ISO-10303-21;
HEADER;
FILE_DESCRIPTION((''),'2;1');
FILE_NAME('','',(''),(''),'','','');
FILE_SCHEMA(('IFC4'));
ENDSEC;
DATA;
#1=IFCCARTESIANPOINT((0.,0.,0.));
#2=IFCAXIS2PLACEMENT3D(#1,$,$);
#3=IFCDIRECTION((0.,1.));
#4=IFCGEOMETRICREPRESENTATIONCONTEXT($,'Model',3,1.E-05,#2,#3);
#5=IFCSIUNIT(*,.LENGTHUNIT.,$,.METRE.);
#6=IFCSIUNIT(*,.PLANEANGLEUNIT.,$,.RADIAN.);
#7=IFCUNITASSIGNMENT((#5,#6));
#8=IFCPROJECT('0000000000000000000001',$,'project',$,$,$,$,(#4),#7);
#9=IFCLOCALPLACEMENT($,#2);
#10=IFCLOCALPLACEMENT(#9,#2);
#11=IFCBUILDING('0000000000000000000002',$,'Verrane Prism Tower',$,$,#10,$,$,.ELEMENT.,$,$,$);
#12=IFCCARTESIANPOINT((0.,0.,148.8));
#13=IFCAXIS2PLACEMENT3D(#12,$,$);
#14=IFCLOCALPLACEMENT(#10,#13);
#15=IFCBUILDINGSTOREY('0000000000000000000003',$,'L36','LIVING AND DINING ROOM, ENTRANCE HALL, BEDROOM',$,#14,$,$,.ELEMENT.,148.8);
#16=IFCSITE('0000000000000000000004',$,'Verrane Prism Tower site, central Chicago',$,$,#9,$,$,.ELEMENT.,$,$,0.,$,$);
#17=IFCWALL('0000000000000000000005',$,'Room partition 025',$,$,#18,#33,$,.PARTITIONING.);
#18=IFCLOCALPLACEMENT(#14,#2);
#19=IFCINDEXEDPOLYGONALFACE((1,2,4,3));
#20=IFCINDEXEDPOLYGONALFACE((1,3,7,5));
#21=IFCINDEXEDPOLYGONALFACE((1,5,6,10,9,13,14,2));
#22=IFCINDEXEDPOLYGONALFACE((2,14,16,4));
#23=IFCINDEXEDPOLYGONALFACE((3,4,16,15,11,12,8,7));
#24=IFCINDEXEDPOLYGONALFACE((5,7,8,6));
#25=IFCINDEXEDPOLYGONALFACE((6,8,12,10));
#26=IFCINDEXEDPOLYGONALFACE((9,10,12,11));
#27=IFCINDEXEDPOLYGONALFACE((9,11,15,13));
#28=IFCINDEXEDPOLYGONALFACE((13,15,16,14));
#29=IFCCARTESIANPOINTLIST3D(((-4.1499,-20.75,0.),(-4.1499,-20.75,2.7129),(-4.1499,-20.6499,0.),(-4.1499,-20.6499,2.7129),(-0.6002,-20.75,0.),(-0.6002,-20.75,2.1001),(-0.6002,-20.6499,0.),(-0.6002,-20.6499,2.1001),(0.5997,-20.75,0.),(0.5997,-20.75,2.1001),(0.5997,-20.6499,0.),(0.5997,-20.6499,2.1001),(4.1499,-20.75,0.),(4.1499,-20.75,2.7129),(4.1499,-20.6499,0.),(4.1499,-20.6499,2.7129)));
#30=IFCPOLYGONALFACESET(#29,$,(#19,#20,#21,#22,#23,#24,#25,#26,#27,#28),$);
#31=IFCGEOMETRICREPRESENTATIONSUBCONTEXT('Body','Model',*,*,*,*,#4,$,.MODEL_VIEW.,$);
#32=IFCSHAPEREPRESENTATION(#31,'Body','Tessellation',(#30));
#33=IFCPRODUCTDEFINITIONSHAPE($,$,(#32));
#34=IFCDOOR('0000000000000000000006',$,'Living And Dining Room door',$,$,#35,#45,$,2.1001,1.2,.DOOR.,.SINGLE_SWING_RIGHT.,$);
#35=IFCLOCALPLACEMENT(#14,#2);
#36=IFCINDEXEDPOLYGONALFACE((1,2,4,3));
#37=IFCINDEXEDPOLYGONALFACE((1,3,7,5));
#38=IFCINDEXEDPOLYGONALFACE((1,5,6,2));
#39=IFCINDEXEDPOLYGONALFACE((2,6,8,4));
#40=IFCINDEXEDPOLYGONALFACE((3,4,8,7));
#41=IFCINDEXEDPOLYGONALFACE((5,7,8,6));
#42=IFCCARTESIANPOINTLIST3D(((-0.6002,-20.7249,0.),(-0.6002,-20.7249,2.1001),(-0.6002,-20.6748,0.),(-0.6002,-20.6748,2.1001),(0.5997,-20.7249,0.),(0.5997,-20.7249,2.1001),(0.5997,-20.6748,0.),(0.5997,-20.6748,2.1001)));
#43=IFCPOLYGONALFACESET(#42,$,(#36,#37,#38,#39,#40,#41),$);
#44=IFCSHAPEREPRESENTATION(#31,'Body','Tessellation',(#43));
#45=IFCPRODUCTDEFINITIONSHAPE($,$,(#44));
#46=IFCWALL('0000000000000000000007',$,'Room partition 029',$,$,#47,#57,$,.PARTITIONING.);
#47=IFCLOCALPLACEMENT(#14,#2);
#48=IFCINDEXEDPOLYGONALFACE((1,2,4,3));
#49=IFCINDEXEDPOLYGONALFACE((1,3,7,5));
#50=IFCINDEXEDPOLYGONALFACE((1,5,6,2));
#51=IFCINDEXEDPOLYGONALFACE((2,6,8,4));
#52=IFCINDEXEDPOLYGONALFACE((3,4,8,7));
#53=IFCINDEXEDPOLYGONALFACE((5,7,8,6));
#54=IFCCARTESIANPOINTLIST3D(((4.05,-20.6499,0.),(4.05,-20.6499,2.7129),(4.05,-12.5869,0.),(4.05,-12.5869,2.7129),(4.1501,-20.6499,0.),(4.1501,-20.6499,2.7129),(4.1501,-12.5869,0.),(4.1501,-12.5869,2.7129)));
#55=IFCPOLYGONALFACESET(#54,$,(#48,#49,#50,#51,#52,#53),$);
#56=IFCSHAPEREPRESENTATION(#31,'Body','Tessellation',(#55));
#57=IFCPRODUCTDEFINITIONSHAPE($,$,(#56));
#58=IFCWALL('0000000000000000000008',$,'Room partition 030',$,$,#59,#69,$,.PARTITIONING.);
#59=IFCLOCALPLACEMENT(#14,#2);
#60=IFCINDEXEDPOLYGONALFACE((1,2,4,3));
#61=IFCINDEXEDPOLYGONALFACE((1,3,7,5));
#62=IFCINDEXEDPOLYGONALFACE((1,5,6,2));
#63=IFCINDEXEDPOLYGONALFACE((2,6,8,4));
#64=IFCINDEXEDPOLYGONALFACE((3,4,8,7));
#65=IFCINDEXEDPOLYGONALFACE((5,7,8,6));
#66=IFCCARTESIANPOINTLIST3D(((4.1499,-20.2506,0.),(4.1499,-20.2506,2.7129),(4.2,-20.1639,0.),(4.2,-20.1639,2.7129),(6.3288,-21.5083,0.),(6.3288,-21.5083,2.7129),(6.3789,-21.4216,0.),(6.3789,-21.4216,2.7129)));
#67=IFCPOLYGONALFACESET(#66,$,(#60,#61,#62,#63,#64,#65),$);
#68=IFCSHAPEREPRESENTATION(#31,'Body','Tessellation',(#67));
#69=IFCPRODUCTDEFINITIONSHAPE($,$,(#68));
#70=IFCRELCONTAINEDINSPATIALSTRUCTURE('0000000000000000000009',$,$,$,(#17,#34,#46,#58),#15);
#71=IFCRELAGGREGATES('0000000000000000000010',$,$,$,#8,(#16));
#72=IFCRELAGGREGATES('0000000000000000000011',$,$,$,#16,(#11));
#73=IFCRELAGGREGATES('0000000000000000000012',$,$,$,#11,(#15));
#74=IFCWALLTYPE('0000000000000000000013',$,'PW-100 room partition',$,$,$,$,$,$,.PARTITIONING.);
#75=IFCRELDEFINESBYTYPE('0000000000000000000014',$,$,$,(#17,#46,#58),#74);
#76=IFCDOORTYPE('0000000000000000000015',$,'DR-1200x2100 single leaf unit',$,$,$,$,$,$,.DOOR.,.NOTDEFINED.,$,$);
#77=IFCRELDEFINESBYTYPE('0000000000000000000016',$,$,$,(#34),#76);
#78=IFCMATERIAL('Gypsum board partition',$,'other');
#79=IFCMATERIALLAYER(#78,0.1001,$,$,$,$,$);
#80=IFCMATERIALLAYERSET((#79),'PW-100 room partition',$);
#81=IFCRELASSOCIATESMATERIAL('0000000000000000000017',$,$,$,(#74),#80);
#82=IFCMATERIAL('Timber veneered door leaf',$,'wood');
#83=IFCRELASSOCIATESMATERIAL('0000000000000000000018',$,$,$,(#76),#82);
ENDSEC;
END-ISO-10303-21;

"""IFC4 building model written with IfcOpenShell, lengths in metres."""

from ifc_helpers import new_model, si_unit, direction, frame, frame_2d, origin, place, context, subcontext, project, spatial, rectangle, extrude, material, layer, layer_set, type_object, element, fill, save


model = new_model("IFC4")

# Units and contexts
model_context = context("Model", 3, precision=1e-05, world=origin(), true_north=direction((0.0, 1.0)))
body_context = subcontext(model_context, "Body", "Model", "MODEL_VIEW")
ifc_project = project(units=[si_unit("LENGTHUNIT", "METRE"), si_unit("PLANEANGLEUNIT", "RADIAN")], contexts=[model_context])

# Site, building, storey
site_placement = place(None, origin())
site = spatial("IfcSite", under=ifc_project, at=site_placement, Name="Verrane Prism Tower site, central Chicago", CompositionType="ELEMENT", RefElevation=0.0)
building_placement = place(site_placement, origin())
building = spatial("IfcBuilding", under=site, at=building_placement, Name="Verrane Prism Tower", CompositionType="ELEMENT")
storey_placement = place(building_placement, frame((0.0, 0.0, 148.8)))
storey = spatial("IfcBuildingStorey", under=building, at=storey_placement, Name="L36", Description="LIVING AND DINING ROOM, ENTRANCE HALL, BEDROOM", CompositionType="ELEMENT", Elevation=148.8)

# Wall, opening, door
ifc_material_1 = material(Name="Gypsum board partition", Category="other")
ifc_layer_1 = layer(ifc_material_1, 0.1001)
ifc_layer_set_1 = layer_set([ifc_layer_1], Name="PW-100 room partition")
wall_type = type_object("IfcWallType", Name="PW-100 room partition", PredefinedType="PARTITIONING", material=ifc_layer_set_1)
wall_1_placement = place(storey_placement, frame((4.1499, -20.7, 0.0), z_axis=(0.0, 0.0, 1.0), x_axis=(-1.0, 0.0, 0.0)))
wall_1 = element("IfcWall", 1, at=wall_1_placement, inside=storey, type_object=wall_type, Name="Room partition 025", PredefinedType="PARTITIONING", context=body_context, shape_type="SweptSolid", body=[
    extrude(rectangle(XDim=8.2998, YDim=0.1001, at=frame_2d((4.1499, 0.0))), origin(), (0.0, 0.0, 1.0), 2.7129),
])
opening_placement = place(wall_1_placement, frame((3.55, 0.0, 0.0)))
opening = element("IfcOpeningElement", 2, at=opening_placement, cuts=wall_1, PredefinedType="OPENING", context=body_context, shape_type="SweptSolid", body=[
    extrude(rectangle(XDim=1.2, YDim=2.1001, at=frame_2d((0.6001, 1.05))), frame((0.0, 0.0601, 0.0), z_axis=(0.0, -1.0, 0.0), x_axis=(1.0, 0.0, 0.0)), (0.0, 0.0, 1.0), 0.1201),
])
ifc_material_2 = material(Name="Timber veneered door leaf", Category="wood")
door_type = type_object("IfcDoorType", Name="DR-1200x2100 single leaf unit", OperationType="NOTDEFINED", PredefinedType="DOOR", material=ifc_material_2)
door_placement = place(opening_placement, origin())
door = element("IfcDoor", 3, at=door_placement, inside=storey, type_object=door_type, Name="Living And Dining Room door", OperationType="SINGLE_SWING_RIGHT", OverallHeight=2.1001, OverallWidth=1.2, PredefinedType="DOOR", context=body_context, shape_type="SweptSolid", body=[
    extrude(rectangle(XDim=1.2, YDim=2.1001, at=frame_2d((0.6001, 1.05))), frame((0.0, 0.0249, 0.0), z_axis=(0.0, -1.0, 0.0), x_axis=(1.0, 0.0, 0.0)), (0.0, 0.0, 1.0), 0.05),
])
fill(opening, door)

# Walls
wall_2_placement = place(storey_placement, frame((4.1001, -20.6499, 0.0), z_axis=(0.0, 0.0, 1.0), x_axis=(0.0, 1.0, 0.0)))
element("IfcWall", 4, at=wall_2_placement, inside=storey, type_object=wall_type, Name="Room partition 029", PredefinedType="PARTITIONING", context=body_context, shape_type="SweptSolid", body=[
    extrude(rectangle(XDim=8.063, YDim=0.1001, at=frame_2d((4.0315, 0.0))), origin(), (0.0, 0.0, 1.0), 2.7129),
])
wall_3_placement = place(storey_placement, frame((4.175, -20.2073, 0.0), z_axis=(0.0, 0.0, 1.0), x_axis=(0.866061, -0.499938, 0.0)))
element("IfcWall", 5, at=wall_3_placement, inside=storey, type_object=wall_type, Name="Room partition 030", PredefinedType="PARTITIONING", context=body_context, shape_type="SweptSolid", body=[
    extrude(rectangle(XDim=2.5159, YDim=0.1001, at=frame_2d((1.2578, 0.0))), origin(), (0.0, 0.0, 1.0), 2.7129),
])

save(model, "model.ifc")
